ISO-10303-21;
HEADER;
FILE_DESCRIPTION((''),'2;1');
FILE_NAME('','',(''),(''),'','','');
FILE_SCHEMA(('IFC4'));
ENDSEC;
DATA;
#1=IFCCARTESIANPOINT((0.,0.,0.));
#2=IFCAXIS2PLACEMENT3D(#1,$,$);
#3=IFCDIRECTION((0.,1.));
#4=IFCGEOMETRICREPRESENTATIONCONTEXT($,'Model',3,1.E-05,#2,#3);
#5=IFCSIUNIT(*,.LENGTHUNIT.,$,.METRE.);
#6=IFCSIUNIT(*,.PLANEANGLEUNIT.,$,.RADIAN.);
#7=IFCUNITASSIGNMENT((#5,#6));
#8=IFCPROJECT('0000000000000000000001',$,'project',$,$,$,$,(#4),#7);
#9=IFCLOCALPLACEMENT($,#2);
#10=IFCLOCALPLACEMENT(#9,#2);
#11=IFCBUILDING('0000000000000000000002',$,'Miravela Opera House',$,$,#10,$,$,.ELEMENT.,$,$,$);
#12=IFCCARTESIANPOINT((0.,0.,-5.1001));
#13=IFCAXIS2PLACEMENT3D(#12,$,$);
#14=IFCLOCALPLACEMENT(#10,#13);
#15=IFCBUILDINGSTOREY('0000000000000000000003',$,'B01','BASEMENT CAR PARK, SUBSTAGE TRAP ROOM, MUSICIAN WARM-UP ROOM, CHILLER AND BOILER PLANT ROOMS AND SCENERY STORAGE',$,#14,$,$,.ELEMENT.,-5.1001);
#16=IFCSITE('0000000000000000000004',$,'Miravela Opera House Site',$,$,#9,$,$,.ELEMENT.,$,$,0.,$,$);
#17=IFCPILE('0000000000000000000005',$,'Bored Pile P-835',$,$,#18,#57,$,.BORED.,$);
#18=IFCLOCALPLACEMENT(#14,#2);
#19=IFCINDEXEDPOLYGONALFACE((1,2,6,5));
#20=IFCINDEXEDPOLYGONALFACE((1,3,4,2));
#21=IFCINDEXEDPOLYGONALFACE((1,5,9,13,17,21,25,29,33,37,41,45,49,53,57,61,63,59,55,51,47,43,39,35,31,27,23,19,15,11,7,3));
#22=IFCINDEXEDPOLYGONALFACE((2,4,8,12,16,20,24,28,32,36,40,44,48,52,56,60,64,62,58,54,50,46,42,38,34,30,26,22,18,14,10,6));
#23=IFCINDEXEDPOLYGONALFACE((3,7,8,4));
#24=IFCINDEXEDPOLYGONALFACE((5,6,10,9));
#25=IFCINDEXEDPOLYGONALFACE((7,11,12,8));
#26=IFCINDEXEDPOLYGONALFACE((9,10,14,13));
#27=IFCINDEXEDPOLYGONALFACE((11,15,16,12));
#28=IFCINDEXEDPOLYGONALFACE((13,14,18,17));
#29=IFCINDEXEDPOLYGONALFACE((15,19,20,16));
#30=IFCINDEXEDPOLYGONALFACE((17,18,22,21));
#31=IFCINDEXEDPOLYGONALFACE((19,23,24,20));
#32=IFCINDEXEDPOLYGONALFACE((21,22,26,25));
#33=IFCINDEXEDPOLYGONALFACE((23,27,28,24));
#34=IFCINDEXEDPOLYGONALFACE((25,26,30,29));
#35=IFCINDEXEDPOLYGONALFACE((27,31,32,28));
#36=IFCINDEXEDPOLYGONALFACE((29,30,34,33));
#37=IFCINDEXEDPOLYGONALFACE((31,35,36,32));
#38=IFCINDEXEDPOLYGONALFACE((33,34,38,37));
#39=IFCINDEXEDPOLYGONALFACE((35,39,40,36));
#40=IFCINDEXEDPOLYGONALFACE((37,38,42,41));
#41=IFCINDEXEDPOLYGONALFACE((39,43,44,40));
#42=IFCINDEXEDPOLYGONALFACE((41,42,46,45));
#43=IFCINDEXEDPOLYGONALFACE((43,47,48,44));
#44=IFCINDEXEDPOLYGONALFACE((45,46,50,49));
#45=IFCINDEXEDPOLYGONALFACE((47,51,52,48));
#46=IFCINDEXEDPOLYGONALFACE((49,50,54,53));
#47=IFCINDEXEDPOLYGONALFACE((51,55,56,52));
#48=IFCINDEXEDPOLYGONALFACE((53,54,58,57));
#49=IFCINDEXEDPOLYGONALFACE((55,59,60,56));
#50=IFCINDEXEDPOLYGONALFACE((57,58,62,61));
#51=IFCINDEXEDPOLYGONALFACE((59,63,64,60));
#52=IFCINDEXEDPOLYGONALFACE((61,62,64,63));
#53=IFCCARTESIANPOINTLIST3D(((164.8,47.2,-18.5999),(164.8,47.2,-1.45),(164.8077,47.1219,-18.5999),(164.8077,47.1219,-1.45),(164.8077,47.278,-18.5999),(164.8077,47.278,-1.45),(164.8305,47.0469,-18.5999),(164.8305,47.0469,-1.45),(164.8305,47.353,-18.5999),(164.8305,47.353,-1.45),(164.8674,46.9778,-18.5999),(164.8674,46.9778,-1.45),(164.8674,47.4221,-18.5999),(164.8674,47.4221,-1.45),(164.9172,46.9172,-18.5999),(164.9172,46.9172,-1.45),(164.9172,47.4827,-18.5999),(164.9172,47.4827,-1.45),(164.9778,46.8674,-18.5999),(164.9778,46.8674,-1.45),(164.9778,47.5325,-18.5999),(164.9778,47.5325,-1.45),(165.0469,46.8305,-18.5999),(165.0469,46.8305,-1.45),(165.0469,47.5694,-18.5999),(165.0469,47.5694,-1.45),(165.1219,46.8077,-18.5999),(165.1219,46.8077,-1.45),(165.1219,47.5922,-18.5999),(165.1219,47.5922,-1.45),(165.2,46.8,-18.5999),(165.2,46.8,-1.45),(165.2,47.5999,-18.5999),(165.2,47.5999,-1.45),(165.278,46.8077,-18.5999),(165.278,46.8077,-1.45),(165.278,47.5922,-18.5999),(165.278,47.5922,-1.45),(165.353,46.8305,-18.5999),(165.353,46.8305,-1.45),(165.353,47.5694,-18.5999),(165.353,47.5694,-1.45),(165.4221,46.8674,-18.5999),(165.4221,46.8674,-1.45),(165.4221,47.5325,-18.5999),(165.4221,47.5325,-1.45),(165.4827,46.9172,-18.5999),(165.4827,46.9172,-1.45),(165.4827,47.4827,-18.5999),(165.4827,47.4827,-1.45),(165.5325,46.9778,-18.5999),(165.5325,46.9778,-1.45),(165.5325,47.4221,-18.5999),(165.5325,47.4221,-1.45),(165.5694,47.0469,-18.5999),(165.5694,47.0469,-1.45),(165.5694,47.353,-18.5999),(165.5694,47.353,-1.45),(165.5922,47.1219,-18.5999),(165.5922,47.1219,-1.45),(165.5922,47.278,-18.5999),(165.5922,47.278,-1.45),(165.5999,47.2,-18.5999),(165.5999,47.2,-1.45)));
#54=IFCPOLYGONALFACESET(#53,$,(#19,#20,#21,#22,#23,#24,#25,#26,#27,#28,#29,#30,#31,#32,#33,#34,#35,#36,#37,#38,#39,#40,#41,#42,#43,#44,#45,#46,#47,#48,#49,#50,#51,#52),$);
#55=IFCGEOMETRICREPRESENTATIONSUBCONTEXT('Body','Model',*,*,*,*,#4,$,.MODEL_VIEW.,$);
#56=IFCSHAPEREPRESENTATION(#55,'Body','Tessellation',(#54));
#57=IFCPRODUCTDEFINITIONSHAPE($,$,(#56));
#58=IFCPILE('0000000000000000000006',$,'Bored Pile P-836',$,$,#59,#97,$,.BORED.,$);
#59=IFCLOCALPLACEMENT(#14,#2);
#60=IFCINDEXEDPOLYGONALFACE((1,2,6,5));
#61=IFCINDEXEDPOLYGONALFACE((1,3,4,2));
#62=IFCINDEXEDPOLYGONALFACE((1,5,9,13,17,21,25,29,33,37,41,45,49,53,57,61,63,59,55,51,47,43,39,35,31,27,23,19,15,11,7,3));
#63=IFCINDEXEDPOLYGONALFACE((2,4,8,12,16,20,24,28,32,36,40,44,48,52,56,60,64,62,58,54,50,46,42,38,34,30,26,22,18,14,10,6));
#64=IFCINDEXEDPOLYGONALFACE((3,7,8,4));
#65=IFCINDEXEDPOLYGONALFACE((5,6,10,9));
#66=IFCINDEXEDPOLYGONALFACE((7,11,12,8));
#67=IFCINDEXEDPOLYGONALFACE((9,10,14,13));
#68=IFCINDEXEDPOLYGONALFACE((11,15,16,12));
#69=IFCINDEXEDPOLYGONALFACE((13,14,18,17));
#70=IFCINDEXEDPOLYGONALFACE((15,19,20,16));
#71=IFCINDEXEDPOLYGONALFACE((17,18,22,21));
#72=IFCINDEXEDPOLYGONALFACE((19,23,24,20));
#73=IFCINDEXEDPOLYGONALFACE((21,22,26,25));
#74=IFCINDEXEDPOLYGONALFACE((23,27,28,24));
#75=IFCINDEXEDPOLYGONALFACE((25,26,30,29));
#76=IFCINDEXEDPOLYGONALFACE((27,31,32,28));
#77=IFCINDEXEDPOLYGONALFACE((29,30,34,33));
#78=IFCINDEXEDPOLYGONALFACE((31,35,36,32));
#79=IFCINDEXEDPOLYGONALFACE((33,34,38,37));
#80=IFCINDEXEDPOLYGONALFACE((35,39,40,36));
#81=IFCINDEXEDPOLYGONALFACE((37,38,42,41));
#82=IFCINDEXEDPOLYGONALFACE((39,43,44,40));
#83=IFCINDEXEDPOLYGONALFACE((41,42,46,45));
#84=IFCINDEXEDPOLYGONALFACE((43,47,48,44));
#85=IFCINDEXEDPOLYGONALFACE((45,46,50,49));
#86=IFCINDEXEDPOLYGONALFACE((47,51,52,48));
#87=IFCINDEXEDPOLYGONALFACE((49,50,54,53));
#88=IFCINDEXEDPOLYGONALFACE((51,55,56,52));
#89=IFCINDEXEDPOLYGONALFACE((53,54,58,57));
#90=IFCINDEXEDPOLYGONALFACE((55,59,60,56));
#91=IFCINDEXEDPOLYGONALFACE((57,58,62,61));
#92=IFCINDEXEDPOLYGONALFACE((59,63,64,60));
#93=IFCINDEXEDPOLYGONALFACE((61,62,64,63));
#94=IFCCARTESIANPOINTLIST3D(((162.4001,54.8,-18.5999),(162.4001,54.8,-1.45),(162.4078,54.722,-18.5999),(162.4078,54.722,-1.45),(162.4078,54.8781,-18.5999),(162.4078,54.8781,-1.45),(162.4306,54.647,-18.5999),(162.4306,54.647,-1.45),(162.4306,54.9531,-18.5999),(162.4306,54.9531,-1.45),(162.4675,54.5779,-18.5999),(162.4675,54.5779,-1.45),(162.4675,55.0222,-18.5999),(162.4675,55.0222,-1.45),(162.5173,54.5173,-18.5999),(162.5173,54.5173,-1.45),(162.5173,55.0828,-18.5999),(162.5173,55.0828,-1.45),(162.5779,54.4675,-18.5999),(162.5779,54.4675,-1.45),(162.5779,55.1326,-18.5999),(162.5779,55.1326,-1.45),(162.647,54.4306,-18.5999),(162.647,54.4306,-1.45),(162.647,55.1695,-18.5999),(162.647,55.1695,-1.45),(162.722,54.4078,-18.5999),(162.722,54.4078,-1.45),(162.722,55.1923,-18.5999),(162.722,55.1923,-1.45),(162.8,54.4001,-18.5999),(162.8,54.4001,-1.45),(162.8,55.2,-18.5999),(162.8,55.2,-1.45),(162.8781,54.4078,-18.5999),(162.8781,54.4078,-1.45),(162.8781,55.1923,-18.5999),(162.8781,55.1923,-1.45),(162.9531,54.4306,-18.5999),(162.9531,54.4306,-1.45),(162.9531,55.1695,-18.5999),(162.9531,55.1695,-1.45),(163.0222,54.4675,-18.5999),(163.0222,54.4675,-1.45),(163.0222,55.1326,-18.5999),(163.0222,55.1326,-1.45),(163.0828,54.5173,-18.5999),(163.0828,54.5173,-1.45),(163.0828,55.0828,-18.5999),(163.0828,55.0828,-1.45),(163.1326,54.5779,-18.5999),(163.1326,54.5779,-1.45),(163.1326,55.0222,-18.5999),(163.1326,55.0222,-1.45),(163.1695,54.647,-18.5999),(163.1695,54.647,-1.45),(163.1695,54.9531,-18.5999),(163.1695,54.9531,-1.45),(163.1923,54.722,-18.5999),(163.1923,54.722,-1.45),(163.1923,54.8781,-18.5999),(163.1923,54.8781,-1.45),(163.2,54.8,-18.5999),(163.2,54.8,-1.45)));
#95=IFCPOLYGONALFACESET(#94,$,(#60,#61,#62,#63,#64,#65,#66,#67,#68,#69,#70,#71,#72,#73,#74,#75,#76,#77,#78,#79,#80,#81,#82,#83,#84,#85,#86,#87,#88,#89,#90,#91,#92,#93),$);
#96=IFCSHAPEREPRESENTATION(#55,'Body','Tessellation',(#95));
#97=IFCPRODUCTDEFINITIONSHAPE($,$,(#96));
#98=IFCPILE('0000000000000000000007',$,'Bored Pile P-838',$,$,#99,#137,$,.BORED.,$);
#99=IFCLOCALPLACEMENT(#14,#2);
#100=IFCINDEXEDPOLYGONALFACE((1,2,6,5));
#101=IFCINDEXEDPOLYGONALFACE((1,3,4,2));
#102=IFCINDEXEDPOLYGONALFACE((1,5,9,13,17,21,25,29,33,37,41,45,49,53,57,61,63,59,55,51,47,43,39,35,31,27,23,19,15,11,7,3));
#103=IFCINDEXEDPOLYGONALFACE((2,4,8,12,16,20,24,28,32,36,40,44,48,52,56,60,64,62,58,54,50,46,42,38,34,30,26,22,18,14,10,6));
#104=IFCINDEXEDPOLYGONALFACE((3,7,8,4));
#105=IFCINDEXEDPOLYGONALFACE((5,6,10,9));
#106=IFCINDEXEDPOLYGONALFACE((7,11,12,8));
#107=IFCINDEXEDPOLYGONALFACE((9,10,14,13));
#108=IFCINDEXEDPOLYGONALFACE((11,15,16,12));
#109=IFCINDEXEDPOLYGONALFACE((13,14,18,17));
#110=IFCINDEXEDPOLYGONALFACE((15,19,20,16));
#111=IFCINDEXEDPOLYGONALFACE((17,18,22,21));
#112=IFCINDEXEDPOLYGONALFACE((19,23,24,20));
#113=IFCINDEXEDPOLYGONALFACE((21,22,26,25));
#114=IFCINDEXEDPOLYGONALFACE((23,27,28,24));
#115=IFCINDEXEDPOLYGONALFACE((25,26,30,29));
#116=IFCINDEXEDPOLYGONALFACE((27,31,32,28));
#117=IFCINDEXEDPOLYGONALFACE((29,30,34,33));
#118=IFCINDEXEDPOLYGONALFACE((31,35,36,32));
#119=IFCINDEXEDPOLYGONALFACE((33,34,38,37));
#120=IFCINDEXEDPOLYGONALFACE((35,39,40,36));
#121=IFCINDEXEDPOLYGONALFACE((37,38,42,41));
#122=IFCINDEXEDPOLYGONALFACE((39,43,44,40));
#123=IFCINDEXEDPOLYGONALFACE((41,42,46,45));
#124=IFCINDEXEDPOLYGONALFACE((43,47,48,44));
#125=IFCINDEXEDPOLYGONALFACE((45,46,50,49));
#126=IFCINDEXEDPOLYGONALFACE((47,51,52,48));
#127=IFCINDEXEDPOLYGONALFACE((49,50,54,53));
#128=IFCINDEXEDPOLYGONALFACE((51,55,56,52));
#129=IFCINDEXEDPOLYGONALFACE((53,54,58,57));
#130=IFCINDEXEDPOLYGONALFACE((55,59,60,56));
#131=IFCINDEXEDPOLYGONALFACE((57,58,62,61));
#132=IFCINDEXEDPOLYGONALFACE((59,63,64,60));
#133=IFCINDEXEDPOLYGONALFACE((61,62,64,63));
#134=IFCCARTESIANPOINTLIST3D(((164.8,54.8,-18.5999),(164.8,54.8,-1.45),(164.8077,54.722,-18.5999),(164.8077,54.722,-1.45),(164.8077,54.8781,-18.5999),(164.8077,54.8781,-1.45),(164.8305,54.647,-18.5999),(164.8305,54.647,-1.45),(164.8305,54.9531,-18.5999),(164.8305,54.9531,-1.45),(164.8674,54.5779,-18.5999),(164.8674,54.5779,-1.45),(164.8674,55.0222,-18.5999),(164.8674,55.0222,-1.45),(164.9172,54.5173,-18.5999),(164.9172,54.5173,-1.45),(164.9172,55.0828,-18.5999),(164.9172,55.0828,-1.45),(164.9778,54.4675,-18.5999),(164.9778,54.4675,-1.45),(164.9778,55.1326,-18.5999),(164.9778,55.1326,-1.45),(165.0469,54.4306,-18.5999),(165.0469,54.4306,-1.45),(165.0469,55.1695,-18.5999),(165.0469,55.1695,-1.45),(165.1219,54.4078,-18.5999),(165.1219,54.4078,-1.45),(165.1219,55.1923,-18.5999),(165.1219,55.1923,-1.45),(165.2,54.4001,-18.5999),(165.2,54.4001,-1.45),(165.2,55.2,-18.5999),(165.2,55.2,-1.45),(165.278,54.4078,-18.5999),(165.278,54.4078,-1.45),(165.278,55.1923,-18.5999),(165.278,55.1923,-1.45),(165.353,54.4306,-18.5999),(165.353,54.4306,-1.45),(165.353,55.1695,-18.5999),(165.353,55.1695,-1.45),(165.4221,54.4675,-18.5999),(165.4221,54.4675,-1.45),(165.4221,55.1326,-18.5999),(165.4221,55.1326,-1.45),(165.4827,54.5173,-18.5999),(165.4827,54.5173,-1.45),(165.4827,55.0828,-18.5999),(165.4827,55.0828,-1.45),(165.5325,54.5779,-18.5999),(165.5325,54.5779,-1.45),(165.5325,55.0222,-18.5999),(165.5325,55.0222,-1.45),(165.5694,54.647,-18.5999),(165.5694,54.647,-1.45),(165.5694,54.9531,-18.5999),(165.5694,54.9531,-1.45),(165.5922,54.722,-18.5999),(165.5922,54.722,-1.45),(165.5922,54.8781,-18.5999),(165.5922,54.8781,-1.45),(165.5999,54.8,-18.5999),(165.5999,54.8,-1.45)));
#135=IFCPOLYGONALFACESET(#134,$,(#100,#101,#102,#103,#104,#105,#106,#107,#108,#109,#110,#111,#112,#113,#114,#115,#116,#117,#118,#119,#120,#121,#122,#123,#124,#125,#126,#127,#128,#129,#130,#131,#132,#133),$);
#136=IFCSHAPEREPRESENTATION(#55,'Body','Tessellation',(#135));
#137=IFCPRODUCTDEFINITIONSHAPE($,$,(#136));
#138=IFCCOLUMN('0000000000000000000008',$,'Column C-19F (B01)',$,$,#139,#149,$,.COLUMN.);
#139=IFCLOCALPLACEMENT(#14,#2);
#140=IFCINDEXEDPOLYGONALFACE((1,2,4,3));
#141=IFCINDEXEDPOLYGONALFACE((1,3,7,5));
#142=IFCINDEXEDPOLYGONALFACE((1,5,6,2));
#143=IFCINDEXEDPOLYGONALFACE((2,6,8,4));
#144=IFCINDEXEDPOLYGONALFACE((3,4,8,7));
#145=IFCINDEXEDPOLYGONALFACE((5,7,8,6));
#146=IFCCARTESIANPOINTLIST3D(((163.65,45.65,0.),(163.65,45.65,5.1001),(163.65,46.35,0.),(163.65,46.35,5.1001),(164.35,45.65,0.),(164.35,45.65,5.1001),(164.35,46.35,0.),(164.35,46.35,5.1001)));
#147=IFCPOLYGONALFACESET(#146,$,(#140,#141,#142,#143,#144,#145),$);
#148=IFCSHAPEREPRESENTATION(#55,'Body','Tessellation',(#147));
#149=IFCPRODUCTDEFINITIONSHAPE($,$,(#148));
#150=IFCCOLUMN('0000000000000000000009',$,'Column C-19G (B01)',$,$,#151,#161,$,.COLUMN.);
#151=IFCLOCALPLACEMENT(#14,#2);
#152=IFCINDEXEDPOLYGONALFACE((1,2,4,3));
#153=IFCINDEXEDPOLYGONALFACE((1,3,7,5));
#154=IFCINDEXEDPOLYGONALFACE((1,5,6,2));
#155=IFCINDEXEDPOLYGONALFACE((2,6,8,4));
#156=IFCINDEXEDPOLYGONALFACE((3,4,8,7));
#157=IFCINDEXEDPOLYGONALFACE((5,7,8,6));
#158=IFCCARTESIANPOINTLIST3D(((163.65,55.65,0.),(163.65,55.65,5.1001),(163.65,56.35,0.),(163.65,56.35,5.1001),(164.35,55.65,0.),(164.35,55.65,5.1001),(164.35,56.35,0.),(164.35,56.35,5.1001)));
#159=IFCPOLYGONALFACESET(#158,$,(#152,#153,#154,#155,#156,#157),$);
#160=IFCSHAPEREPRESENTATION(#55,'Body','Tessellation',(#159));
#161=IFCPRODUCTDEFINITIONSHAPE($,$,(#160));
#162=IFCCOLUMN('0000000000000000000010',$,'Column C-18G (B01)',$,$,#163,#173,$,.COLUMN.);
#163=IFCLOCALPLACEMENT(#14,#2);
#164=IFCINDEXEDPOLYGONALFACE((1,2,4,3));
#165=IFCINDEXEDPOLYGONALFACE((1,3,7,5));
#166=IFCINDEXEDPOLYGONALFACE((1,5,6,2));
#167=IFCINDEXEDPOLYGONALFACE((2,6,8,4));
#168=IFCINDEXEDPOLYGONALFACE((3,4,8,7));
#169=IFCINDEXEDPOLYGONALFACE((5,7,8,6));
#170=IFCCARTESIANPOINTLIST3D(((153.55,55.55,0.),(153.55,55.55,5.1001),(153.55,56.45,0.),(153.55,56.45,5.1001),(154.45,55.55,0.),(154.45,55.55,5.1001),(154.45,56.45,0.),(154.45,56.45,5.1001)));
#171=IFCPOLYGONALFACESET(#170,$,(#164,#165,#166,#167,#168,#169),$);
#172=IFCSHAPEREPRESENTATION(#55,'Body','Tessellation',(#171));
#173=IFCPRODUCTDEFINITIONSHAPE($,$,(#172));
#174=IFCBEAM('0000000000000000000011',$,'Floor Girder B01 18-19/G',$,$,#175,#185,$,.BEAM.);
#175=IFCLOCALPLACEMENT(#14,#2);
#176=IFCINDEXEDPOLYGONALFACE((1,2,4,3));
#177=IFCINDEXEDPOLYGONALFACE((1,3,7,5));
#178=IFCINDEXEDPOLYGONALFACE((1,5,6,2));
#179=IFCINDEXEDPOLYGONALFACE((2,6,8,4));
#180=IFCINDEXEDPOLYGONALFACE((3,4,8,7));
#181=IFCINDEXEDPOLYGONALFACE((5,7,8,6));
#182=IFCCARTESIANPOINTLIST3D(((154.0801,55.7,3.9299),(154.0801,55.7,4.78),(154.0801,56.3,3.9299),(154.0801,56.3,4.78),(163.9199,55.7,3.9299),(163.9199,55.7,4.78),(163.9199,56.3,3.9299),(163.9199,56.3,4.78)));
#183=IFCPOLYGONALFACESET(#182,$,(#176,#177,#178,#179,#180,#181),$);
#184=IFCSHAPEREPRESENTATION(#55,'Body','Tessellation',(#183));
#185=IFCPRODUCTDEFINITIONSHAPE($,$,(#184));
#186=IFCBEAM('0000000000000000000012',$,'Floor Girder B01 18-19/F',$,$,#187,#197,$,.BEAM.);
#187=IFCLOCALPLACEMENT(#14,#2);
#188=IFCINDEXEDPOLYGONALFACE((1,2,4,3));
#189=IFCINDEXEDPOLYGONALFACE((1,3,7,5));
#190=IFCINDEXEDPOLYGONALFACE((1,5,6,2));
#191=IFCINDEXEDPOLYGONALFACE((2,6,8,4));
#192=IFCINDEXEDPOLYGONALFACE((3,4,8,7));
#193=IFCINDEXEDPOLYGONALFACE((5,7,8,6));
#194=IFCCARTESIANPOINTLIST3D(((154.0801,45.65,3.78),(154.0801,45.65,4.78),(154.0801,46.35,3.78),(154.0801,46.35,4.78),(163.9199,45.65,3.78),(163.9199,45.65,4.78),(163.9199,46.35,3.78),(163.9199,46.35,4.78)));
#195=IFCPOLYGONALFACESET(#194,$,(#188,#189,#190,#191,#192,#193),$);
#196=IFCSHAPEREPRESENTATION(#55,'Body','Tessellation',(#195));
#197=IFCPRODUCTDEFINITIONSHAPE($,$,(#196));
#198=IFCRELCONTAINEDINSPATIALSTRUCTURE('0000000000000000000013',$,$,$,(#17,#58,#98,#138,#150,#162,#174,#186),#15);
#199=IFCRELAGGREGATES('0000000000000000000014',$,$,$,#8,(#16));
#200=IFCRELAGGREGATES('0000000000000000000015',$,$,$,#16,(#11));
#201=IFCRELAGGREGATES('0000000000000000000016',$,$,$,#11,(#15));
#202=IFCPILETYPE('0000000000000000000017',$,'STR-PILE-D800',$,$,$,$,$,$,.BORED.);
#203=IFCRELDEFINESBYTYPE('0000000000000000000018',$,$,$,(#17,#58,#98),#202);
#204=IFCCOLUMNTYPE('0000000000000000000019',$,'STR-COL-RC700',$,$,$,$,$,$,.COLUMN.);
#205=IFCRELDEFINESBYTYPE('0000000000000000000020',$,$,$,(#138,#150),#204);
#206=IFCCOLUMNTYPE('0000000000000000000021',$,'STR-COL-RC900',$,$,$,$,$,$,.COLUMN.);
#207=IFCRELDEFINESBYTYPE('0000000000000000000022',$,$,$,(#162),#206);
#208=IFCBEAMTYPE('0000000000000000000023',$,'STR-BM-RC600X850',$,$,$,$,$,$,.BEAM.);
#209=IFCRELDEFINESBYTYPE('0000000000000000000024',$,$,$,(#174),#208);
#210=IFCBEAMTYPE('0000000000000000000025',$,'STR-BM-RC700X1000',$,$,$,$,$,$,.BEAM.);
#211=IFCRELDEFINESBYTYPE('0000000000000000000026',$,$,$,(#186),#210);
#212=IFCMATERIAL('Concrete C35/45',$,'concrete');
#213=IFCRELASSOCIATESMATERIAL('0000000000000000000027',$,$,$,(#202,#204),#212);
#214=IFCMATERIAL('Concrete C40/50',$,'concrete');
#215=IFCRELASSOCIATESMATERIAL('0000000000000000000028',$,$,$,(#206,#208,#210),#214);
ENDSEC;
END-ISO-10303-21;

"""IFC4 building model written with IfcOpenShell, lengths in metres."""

from ifc_helpers import new_model, si_unit, direction, frame, origin, origin_2d, place, context, subcontext, project, spatial, rectangle, circle, extrude, material, material_profile, profile_set, type_object, element, save


model = new_model("IFC4")

# Units and contexts
model_context = context("Model", 3, precision=1e-05, world=origin(), true_north=direction((0.0, 1.0)))
body_context = subcontext(model_context, "Body", "Model", "MODEL_VIEW")
ifc_project = project(units=[si_unit("LENGTHUNIT", "METRE"), si_unit("PLANEANGLEUNIT", "RADIAN")], contexts=[model_context])

# Site, building, storey
site_placement = place(None, origin())
site = spatial("IfcSite", under=ifc_project, at=site_placement, Name="Miravela Opera House Site", CompositionType="ELEMENT", RefElevation=0.0)
building_placement = place(site_placement, origin())
building = spatial("IfcBuilding", under=site, at=building_placement, Name="Miravela Opera House", CompositionType="ELEMENT")
storey_placement = place(building_placement, frame((0.0, 0.0, -5.1001)))
storey = spatial("IfcBuildingStorey", under=building, at=storey_placement, Name="B01", Description="BASEMENT CAR PARK, SUBSTAGE TRAP ROOM, MUSICIAN WARM-UP ROOM, CHILLER AND BOILER PLANT ROOMS AND SCENERY STORAGE", CompositionType="ELEMENT", Elevation=-5.1001)

# Shared definitions
ifc_material_1 = material(Name="Concrete C35/45", Category="concrete")

# Piles
ifc_material_profile_1 = material_profile(ifc_material_1, circle(Radius=0.3999, at=origin_2d()), Name="PILE-D800")
ifc_profile_set_1 = profile_set([ifc_material_profile_1])
pile_type_1 = type_object("IfcPileType", Name="STR-PILE-D800", PredefinedType="BORED", material=ifc_profile_set_1)
for number, where, z_axis, x_axis, name in (
    (1, (165.2, 47.2, -1.45), (0.0, 0.0, -1.0), (1.0, 0.0, 0.0), "Bored Pile P-835"),
    (2, (162.8, 54.8, -1.45), (0.0, 0.0, -1.0), (1.0, 0.0, 0.0), "Bored Pile P-836"),
    (3, (165.2, 54.8, -1.45), (0.0, 0.0, -1.0), (1.0, 0.0, 0.0), "Bored Pile P-838"),
):
    element("IfcPile", number, at=place(storey_placement, frame(where, z_axis=z_axis, x_axis=x_axis)), inside=storey, type_object=pile_type_1, Name=name, PredefinedType="BORED", context=body_context, shape_type="SweptSolid", body=[
        extrude(circle(Radius=0.3999, at=origin_2d()), origin(), (0.0, 0.0, 1.0), 17.1499),
    ])

# Columns
ifc_material_profile_2 = material_profile(ifc_material_1, rectangle(XDim=0.7, YDim=0.7, at=origin_2d()), Name="RC-COL-700X700")
ifc_profile_set_2 = profile_set([ifc_material_profile_2])
column_type_1 = type_object("IfcColumnType", Name="STR-COL-RC700", PredefinedType="COLUMN", material=ifc_profile_set_2)
for number, where, z_axis, x_axis, name in (
    (4, (164.0, 46.0, 0.0), (0.0, 0.0, 1.0), (1.0, 0.0, 0.0), "Column C-19F (B01)"),
    (5, (164.0, 56.0, 0.0), (0.0, 0.0, 1.0), (1.0, 0.0, 0.0), "Column C-19G (B01)"),
):
    element("IfcColumn", number, at=place(storey_placement, frame(where, z_axis=z_axis, x_axis=x_axis)), inside=storey, type_object=column_type_1, Name=name, PredefinedType="COLUMN", context=body_context, shape_type="SweptSolid", body=[
        extrude(rectangle(XDim=0.7, YDim=0.7, at=origin_2d()), origin(), (0.0, 0.0, 1.0), 5.1001),
    ])
ifc_material_2 = material(Name="Concrete C40/50", Category="concrete")
ifc_material_profile_3 = material_profile(ifc_material_2, rectangle(XDim=0.8999, YDim=0.8999, at=origin_2d()), Name="RC-COL-900X900")
ifc_profile_set_3 = profile_set([ifc_material_profile_3])
column_type_2 = type_object("IfcColumnType", Name="STR-COL-RC900", PredefinedType="COLUMN", material=ifc_profile_set_3)
column_placement = place(storey_placement, frame((154.0, 56.0, 0.0), z_axis=(0.0, 0.0, 1.0), x_axis=(1.0, 0.0, 0.0)))
element("IfcColumn", 6, at=column_placement, inside=storey, type_object=column_type_2, Name="Column C-18G (B01)", PredefinedType="COLUMN", context=body_context, shape_type="SweptSolid", body=[
    extrude(rectangle(XDim=0.8999, YDim=0.8999, at=origin_2d()), origin(), (0.0, 0.0, 1.0), 5.1001),
])

# Beams
ifc_material_profile_4 = material_profile(ifc_material_2, rectangle(XDim=0.6001, YDim=0.8501, at=origin_2d()), Name="RC-BM-600X850")
ifc_profile_set_4 = profile_set([ifc_material_profile_4])
beam_type_1 = type_object("IfcBeamType", Name="STR-BM-RC600X850", PredefinedType="BEAM", material=ifc_profile_set_4)
beam_1_placement = place(storey_placement, frame((154.0801, 56.0, 4.355), z_axis=(1.0, 0.0, 0.0), x_axis=(0.0, 1.0, 0.0)))
element("IfcBeam", 7, at=beam_1_placement, inside=storey, type_object=beam_type_1, Name="Floor Girder B01 18-19/G", PredefinedType="BEAM", context=body_context, shape_type="SweptSolid", body=[
    extrude(rectangle(XDim=0.6001, YDim=0.8501, at=origin_2d()), origin(), (0.0, 0.0, 1.0), 9.8398),
])
ifc_material_profile_5 = material_profile(ifc_material_2, rectangle(XDim=0.7, YDim=1.0, at=origin_2d()), Name="RC-BM-700X1000")
ifc_profile_set_5 = profile_set([ifc_material_profile_5])
beam_type_2 = type_object("IfcBeamType", Name="STR-BM-RC700X1000", PredefinedType="BEAM", material=ifc_profile_set_5)
beam_2_placement = place(storey_placement, frame((154.0801, 46.0, 4.28), z_axis=(1.0, 0.0, 0.0), x_axis=(0.0, 1.0, 0.0)))
element("IfcBeam", 8, at=beam_2_placement, inside=storey, type_object=beam_type_2, Name="Floor Girder B01 18-19/F", PredefinedType="BEAM", context=body_context, shape_type="SweptSolid", body=[
    extrude(rectangle(XDim=0.7, YDim=1.0, at=origin_2d()), origin(), (0.0, 0.0, 1.0), 9.8398),
])

save(model, "model.ifc")
